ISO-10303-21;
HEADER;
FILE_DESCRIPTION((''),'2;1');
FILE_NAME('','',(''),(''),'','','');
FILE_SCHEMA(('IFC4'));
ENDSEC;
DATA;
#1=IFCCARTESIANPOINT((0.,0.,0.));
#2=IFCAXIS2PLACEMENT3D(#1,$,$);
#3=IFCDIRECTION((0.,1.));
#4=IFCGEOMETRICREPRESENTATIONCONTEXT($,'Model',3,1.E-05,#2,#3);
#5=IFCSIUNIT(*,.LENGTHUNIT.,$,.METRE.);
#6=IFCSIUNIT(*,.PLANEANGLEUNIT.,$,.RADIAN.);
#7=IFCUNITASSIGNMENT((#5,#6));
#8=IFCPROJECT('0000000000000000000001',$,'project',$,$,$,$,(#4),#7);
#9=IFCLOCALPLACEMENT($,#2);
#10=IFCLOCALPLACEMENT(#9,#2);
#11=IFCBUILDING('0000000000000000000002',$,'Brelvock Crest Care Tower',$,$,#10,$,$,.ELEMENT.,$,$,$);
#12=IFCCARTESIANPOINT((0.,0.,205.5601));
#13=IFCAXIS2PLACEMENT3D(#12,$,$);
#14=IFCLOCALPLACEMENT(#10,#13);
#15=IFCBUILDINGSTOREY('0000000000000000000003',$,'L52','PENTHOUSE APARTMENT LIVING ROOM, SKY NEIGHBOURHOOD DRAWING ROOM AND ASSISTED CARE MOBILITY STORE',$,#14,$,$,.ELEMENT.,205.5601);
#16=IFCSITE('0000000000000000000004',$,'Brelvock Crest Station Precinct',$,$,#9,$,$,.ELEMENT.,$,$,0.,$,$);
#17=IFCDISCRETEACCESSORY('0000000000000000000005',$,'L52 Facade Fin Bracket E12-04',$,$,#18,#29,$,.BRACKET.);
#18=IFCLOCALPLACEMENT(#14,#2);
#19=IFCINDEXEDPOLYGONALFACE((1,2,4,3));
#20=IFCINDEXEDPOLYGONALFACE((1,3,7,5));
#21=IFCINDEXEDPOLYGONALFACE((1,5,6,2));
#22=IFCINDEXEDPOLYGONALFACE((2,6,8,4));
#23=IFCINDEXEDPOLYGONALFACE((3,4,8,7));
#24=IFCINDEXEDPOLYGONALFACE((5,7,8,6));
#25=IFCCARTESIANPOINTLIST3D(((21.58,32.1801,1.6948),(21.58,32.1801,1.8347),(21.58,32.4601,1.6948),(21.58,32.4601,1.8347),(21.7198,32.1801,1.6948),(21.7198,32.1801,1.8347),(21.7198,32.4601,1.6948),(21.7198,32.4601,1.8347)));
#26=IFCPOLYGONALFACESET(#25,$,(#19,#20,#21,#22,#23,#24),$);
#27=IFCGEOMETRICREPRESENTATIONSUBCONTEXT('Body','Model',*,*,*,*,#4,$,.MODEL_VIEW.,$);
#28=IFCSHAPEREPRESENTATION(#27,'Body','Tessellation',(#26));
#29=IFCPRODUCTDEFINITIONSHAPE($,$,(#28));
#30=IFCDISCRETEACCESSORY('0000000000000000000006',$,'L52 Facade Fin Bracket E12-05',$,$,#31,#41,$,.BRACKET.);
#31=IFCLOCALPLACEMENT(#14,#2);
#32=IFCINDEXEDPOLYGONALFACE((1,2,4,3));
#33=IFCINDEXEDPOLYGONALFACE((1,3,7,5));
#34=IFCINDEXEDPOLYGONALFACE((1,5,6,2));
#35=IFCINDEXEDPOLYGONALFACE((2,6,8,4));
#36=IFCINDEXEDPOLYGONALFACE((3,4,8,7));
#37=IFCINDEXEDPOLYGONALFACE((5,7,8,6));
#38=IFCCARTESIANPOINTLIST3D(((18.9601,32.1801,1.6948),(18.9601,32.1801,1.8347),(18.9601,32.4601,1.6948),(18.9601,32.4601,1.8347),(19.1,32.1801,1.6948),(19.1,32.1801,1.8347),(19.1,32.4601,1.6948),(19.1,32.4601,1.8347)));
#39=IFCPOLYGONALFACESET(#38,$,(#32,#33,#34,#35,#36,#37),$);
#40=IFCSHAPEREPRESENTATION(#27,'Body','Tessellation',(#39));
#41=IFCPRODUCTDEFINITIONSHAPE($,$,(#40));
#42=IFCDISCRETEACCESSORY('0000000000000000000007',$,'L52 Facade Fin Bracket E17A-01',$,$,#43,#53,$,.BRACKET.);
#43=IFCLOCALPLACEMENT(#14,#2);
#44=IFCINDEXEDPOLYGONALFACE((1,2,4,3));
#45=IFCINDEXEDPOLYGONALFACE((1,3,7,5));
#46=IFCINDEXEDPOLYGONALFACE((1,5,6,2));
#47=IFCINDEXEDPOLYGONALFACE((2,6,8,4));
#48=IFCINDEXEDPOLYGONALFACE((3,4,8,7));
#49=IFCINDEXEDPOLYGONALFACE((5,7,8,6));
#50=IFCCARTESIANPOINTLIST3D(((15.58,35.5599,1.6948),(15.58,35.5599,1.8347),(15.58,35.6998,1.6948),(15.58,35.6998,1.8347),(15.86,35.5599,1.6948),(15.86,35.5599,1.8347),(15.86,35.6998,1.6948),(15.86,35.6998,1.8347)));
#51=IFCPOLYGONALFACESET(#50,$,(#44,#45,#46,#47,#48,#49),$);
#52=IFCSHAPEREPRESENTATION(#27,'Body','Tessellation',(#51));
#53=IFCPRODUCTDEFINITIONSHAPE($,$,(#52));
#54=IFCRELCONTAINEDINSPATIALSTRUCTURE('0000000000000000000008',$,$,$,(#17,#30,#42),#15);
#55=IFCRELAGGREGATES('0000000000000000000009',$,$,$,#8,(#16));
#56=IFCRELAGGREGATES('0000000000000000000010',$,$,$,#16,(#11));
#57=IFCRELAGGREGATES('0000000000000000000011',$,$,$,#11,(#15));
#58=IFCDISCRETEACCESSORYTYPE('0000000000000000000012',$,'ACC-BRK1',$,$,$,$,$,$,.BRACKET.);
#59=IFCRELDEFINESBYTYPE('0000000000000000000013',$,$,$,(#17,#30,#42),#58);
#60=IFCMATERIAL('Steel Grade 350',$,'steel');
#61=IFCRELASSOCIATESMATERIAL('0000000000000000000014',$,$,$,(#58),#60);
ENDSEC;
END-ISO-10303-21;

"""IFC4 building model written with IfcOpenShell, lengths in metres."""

from ifc_helpers import new_model, si_unit, direction, frame, origin, origin_2d, place, context, subcontext, project, spatial, rectangle, extrude, source, transform, mapped, material, type_object, element, save


model = new_model("IFC4")

# Units and contexts
model_context = context("Model", 3, precision=1e-05, world=origin(), true_north=direction((0.0, 1.0)))
body_context = subcontext(model_context, "Body", "Model", "MODEL_VIEW")
ifc_project = project(units=[si_unit("LENGTHUNIT", "METRE"), si_unit("PLANEANGLEUNIT", "RADIAN")], contexts=[model_context])

# Site, building, storey
site_placement = place(None, origin())
site = spatial("IfcSite", under=ifc_project, at=site_placement, Name="Brelvock Crest Station Precinct", CompositionType="ELEMENT", RefElevation=0.0)
building_placement = place(site_placement, origin())
building = spatial("IfcBuilding", under=site, at=building_placement, Name="Brelvock Crest Care Tower", CompositionType="ELEMENT")
storey_placement = place(building_placement, frame((0.0, 0.0, 205.5601)))
storey = spatial("IfcBuildingStorey", under=building, at=storey_placement, Name="L52", Description="PENTHOUSE APARTMENT LIVING ROOM, SKY NEIGHBOURHOOD DRAWING ROOM AND ASSISTED CARE MOBILITY STORE", CompositionType="ELEMENT", Elevation=205.5601)

# Shared definitions
ifc_material_1 = material(Name="Steel Grade 350", Category="steel")

# Discrete accessories
discrete_accessory_type = type_object("IfcDiscreteAccessoryType", Name="ACC-BRK1", PredefinedType="BRACKET", material=ifc_material_1)
shared_shape_1 = source(origin(), body_context, "Body", "SweptSolid", [
    extrude(rectangle(XDim=0.28, YDim=0.1399, at=origin_2d()), origin(), (0.0, 0.0, 1.0), 0.1399),
])
for number, where, z_axis, x_axis, name in (
    (1, (21.6499, 32.3201, 1.6948), (0.0, 0.0, 1.0), (0.0, -1.0, 0.0), "L52 Facade Fin Bracket E12-04"),
    (2, (19.03, 32.3201, 1.6948), (0.0, 0.0, 1.0), (0.0, -1.0, 0.0), "L52 Facade Fin Bracket E12-05"),
    (3, (15.72, 35.6299, 1.6948), (0.0, 0.0, 1.0), (-1.0, 0.0, 0.0), "L52 Facade Fin Bracket E17A-01"),
):
    element("IfcDiscreteAccessory", number, at=place(storey_placement, frame(where, z_axis=z_axis, x_axis=x_axis)), inside=storey, type_object=discrete_accessory_type, Name=name, PredefinedType="BRACKET", context=body_context, shape_type="MappedRepresentation", body=[
        mapped(shared_shape_1, transform((0.0, 0.0, 0.0), x_axis=(1.0, 0.0, 0.0), y_axis=(0.0, 1.0, 0.0), z_axis=(0.0, 0.0, 1.0), scale=1.0)),
    ])

save(model, "model.ifc")
